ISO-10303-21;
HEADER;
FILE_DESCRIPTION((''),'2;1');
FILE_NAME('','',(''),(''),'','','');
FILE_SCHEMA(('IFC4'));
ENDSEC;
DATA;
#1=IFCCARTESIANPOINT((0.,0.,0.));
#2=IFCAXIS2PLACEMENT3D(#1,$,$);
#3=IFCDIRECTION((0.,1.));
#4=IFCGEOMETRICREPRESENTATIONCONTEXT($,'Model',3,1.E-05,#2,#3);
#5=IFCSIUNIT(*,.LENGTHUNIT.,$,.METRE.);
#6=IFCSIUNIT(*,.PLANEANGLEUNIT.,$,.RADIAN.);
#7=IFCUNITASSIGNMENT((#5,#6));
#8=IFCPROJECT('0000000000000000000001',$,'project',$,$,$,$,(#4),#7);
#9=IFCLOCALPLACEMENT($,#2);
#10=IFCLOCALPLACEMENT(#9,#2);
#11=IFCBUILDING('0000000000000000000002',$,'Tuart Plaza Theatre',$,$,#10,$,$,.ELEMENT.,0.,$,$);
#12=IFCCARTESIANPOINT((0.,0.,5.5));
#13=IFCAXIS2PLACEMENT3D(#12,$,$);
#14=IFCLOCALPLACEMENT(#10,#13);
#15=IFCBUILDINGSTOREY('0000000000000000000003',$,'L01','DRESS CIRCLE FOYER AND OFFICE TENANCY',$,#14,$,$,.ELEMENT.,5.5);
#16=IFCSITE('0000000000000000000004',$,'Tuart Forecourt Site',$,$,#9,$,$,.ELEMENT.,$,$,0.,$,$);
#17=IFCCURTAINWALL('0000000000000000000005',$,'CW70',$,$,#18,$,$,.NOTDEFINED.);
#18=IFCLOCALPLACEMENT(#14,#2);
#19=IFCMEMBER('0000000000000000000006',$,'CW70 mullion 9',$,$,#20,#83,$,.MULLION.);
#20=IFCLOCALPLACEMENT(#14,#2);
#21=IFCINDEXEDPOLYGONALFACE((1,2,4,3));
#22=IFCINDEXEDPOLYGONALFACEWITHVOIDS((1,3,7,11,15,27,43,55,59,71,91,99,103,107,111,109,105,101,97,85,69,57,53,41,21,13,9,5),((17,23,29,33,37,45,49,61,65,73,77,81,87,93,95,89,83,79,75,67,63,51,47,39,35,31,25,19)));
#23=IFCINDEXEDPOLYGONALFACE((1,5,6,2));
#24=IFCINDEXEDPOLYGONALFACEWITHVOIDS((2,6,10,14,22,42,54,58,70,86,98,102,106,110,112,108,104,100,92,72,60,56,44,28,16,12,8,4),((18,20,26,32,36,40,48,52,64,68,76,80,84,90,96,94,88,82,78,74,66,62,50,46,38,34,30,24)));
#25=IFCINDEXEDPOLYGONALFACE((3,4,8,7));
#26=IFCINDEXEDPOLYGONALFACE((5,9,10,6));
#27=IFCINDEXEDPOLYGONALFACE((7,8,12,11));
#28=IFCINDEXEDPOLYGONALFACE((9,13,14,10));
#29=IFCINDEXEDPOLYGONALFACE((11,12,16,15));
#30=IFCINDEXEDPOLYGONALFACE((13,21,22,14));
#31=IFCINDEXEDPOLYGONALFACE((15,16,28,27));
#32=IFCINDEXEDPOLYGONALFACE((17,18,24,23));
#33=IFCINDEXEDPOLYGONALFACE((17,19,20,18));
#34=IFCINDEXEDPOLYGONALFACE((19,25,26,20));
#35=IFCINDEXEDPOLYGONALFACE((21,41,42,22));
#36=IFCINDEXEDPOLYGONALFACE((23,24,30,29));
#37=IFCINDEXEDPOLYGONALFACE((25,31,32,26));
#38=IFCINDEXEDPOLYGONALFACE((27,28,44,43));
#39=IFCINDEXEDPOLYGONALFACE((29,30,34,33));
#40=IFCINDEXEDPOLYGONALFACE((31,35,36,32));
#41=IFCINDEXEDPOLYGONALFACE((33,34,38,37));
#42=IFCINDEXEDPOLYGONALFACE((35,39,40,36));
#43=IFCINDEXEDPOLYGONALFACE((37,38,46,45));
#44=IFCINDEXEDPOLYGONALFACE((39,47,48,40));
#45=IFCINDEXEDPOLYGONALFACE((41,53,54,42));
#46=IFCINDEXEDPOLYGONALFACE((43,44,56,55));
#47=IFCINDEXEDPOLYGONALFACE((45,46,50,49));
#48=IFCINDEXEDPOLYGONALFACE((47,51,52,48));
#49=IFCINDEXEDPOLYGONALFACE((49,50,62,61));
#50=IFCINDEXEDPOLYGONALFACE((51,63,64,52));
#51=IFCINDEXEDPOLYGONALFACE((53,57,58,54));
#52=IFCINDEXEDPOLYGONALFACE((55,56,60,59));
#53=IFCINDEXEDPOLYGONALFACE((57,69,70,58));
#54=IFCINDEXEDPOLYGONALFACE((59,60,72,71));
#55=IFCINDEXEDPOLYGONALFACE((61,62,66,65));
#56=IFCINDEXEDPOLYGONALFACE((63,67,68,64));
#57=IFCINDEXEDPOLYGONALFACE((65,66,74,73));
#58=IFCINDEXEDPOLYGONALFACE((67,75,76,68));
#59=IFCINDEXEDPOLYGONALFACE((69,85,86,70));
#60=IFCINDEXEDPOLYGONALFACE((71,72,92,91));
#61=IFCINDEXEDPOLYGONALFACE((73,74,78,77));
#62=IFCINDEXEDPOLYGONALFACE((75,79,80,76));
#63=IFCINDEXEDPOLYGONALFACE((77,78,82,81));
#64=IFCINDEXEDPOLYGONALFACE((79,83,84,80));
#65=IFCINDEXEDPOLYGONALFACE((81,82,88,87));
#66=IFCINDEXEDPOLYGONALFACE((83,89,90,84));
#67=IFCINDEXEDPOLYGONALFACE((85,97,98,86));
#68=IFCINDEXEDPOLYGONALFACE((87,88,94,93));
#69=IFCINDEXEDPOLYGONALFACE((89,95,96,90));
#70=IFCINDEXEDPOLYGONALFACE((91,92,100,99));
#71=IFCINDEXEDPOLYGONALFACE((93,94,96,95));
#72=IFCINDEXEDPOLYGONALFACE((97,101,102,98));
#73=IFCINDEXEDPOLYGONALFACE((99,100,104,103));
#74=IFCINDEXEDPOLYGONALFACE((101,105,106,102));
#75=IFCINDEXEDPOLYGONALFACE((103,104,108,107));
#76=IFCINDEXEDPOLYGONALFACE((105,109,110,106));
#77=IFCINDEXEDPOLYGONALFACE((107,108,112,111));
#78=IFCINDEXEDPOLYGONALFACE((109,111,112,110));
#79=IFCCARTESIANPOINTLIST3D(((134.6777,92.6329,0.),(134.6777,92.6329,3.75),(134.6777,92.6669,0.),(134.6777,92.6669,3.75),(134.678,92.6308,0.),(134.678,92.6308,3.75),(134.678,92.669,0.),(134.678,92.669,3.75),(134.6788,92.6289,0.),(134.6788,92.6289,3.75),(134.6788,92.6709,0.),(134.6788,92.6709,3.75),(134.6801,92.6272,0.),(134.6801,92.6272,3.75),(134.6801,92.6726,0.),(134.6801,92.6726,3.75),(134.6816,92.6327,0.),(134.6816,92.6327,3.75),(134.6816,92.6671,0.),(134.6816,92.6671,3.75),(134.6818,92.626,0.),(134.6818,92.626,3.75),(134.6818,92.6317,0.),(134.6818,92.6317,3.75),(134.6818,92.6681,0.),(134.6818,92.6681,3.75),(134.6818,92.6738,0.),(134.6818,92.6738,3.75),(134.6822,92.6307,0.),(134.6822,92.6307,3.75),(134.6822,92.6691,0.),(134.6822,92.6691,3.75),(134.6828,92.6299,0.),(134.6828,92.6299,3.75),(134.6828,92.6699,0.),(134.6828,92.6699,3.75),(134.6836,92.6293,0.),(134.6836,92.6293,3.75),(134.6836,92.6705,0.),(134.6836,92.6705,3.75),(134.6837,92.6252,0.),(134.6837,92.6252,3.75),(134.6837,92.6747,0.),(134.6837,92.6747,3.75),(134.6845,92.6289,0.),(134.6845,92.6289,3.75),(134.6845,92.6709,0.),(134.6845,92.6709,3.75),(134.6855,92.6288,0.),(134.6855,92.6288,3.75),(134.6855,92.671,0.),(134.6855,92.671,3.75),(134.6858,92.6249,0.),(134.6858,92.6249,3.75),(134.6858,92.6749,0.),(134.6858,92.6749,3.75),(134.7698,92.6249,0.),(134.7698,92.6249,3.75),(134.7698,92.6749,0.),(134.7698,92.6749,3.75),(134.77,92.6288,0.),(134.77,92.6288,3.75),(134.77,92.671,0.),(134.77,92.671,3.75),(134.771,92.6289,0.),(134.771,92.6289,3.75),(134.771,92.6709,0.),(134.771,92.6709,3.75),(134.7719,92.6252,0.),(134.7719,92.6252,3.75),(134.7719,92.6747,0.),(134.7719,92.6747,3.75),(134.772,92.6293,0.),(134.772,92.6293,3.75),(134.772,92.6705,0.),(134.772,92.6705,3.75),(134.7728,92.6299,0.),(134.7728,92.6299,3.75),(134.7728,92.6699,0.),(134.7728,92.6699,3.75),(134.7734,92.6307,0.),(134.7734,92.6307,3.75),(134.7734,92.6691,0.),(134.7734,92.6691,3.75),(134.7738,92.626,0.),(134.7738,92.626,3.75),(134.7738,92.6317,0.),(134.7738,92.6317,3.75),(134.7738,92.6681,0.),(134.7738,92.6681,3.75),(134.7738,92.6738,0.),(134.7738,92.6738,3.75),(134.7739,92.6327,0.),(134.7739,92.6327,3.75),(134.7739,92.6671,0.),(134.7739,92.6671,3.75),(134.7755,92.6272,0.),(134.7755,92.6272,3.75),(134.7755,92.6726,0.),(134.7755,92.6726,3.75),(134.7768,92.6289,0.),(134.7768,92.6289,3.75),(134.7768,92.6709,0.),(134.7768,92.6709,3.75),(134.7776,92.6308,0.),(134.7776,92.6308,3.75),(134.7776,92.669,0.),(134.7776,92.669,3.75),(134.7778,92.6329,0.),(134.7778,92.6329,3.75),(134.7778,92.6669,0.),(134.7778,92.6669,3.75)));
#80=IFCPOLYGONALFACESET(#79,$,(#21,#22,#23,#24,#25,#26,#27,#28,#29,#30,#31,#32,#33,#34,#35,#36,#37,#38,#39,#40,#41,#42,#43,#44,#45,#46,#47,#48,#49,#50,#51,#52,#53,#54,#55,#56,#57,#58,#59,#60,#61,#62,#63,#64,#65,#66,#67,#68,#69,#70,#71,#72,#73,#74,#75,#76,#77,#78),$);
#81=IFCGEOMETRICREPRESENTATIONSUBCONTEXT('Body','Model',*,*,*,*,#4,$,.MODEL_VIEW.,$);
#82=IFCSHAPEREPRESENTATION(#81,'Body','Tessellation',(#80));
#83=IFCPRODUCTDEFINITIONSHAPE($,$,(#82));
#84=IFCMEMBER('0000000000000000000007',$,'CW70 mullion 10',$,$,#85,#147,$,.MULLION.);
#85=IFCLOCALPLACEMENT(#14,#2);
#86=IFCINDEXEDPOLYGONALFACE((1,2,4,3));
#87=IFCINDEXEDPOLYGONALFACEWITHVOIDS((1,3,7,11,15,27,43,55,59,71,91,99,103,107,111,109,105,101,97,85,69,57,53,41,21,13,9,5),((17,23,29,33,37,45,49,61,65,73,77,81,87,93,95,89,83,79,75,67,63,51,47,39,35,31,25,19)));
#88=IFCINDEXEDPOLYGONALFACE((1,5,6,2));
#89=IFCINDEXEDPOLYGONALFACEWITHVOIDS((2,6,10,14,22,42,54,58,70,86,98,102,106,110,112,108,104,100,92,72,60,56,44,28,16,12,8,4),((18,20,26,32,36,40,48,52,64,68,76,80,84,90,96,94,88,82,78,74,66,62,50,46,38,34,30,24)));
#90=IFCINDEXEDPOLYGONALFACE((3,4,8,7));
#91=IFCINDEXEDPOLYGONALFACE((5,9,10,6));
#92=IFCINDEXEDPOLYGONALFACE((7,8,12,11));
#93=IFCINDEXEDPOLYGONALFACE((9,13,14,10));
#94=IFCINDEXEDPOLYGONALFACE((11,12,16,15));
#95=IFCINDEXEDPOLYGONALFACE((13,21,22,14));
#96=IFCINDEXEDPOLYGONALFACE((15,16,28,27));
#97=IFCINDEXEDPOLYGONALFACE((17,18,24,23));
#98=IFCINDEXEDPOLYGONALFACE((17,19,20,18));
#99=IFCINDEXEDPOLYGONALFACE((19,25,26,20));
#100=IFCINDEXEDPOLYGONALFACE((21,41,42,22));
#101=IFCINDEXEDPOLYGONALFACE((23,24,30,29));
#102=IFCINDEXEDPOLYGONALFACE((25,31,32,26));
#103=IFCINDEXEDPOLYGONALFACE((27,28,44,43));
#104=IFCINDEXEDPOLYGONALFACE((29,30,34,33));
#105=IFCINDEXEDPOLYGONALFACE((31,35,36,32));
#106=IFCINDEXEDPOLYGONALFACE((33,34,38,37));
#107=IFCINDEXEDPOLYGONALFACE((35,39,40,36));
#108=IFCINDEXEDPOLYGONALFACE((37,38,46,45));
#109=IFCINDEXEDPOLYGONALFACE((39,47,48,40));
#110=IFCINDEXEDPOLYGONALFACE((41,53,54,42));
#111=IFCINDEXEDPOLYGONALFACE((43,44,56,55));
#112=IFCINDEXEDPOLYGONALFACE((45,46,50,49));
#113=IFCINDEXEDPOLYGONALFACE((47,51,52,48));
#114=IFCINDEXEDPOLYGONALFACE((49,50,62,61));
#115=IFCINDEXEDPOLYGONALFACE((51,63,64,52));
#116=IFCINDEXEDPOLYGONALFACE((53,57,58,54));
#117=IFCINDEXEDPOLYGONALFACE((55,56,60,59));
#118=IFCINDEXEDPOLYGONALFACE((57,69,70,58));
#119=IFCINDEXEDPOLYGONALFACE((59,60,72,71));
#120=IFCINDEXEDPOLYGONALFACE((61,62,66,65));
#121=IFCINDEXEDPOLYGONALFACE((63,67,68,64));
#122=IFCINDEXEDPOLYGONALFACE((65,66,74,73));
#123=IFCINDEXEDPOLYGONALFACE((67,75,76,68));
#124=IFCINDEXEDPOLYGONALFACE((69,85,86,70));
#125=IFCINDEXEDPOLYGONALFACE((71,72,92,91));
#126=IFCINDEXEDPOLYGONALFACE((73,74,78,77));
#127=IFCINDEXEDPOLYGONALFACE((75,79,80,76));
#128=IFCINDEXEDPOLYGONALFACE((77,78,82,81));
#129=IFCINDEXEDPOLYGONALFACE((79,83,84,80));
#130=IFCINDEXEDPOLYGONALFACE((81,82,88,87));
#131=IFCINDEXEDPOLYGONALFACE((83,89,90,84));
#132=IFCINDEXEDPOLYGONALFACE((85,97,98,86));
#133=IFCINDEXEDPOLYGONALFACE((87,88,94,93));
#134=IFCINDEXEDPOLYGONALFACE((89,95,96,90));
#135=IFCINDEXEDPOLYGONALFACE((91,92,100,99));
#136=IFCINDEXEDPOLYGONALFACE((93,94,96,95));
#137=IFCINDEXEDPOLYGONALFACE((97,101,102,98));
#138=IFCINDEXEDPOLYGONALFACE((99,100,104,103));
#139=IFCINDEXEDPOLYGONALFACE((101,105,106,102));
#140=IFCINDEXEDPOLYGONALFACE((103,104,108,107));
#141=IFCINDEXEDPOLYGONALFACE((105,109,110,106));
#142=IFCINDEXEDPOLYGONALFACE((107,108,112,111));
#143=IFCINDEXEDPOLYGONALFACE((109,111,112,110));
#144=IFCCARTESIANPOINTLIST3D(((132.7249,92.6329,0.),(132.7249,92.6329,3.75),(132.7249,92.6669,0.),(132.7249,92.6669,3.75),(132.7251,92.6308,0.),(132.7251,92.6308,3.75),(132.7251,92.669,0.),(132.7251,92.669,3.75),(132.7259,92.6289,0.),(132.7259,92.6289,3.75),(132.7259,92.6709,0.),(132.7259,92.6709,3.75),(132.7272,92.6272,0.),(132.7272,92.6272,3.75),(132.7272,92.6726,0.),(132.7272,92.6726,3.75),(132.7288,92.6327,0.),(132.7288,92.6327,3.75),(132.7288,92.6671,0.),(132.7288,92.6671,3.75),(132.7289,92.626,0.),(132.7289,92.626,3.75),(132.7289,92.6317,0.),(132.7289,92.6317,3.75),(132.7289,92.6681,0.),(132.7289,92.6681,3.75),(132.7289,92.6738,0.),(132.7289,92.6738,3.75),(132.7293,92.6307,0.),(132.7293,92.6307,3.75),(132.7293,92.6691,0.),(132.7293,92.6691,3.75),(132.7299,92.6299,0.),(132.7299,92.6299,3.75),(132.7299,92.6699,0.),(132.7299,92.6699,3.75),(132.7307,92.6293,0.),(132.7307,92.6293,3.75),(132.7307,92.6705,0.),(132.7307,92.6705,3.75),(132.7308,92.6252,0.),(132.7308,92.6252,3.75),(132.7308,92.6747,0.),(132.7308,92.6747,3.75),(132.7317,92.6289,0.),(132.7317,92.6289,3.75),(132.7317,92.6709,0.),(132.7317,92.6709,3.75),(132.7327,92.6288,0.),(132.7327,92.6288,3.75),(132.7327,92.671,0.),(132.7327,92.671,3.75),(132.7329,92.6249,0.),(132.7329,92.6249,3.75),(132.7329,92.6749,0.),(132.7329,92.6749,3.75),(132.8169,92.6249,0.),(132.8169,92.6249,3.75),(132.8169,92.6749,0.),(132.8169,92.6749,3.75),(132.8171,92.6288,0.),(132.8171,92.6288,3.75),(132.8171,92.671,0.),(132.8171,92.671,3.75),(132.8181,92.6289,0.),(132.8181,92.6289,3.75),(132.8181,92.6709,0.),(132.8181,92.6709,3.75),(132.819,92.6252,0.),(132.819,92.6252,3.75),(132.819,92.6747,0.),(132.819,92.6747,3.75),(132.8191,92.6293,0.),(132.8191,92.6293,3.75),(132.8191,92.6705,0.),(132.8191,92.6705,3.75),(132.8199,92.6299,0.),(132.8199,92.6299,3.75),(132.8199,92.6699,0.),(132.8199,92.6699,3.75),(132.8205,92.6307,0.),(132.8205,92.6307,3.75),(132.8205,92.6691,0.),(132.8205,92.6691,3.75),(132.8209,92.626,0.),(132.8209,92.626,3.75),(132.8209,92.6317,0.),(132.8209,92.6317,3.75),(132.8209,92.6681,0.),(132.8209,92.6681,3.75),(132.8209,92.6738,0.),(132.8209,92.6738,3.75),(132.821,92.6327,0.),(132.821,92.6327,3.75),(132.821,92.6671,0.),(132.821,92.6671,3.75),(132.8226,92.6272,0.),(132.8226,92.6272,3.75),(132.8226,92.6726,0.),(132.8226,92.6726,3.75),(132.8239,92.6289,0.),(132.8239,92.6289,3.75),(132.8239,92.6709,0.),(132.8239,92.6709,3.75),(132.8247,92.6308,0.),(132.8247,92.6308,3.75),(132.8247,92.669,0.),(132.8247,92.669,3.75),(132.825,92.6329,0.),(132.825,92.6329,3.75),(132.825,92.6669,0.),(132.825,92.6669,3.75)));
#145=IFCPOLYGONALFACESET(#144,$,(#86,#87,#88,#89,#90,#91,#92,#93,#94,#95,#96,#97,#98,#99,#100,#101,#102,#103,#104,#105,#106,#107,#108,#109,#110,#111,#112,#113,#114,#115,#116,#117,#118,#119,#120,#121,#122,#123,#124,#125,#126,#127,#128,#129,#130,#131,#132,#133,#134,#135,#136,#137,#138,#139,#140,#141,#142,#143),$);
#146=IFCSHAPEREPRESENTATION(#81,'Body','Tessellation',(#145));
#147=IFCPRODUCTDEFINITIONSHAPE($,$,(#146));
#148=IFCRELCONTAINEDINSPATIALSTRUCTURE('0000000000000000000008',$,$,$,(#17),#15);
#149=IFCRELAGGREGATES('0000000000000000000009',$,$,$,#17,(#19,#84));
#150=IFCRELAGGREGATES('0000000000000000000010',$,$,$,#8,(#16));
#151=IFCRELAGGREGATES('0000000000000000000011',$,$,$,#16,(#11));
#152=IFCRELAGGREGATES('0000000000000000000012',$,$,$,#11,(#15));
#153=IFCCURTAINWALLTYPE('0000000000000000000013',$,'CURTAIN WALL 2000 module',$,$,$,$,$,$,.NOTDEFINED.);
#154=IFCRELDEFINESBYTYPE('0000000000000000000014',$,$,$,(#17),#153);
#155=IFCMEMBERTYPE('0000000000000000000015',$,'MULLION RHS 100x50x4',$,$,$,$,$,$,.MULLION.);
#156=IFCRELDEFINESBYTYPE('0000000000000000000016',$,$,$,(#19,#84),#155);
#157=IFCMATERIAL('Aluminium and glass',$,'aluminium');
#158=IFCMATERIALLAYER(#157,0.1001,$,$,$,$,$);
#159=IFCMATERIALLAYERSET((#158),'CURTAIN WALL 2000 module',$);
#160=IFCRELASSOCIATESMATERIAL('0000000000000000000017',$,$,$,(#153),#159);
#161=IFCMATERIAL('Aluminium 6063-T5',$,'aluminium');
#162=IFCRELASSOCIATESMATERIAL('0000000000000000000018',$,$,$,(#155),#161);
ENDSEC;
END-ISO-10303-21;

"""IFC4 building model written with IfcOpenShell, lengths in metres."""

from ifc_helpers import new_model, si_unit, direction, frame, origin, origin_2d, place, context, subcontext, project, spatial, hollow_rectangle, extrude, material, layer, layer_set, material_profile, profile_set, type_object, element, aggregate, save


model = new_model("IFC4")

# Units and contexts
model_context = context("Model", 3, precision=1e-05, world=origin(), true_north=direction((0.0, 1.0)))
body_context = subcontext(model_context, "Body", "Model", "MODEL_VIEW")
ifc_project = project(units=[si_unit("LENGTHUNIT", "METRE"), si_unit("PLANEANGLEUNIT", "RADIAN")], contexts=[model_context])

# Site, building, storey
site_placement = place(None, origin())
site = spatial("IfcSite", under=ifc_project, at=site_placement, Name="Tuart Forecourt Site", CompositionType="ELEMENT", RefElevation=0.0)
building_placement = place(site_placement, origin())
building = spatial("IfcBuilding", under=site, at=building_placement, Name="Tuart Plaza Theatre", CompositionType="ELEMENT", ElevationOfRefHeight=0.0)
storey_placement = place(building_placement, frame((0.0, 0.0, 5.5)))
storey = spatial("IfcBuildingStorey", under=building, at=storey_placement, Name="L01", Description="DRESS CIRCLE FOYER AND OFFICE TENANCY", CompositionType="ELEMENT", Elevation=5.5)

# Curtain wall, members
ifc_material_1 = material(Name="Aluminium and glass", Category="aluminium")
ifc_layer_1 = layer(ifc_material_1, 0.1001)
ifc_layer_set_1 = layer_set([ifc_layer_1], Name="CURTAIN WALL 2000 module")
curtain_wall_type = type_object("IfcCurtainWallType", Name="CURTAIN WALL 2000 module", PredefinedType="NOTDEFINED", material=ifc_layer_set_1)
curtain_wall_placement = place(storey_placement, origin())
curtain_wall = element("IfcCurtainWall", 1, at=curtain_wall_placement, inside=storey, type_object=curtain_wall_type, Name="CW70", PredefinedType="NOTDEFINED")
ifc_material_2 = material(Name="Aluminium 6063-T5", Category="aluminium")
ifc_material_profile_1 = material_profile(ifc_material_2, hollow_rectangle(XDim=0.05, YDim=0.1001, WallThickness=0.0039, InnerFilletRadius=0.0039, OuterFilletRadius=0.0081, at=origin_2d()), Name="RHS 100x50x4")
ifc_profile_set_1 = profile_set([ifc_material_profile_1], Name="Aluminium 6063-T5")
member_type_1 = type_object("IfcMemberType", Name="MULLION RHS 100x50x4", PredefinedType="MULLION", material=ifc_profile_set_1)
member_1_placement = place(storey_placement, frame((134.7278, 92.6499, 0.0), z_axis=(0.0, 0.0, 1.0), x_axis=(0.0, -1.0, 0.0)))
member_1 = element("IfcMember", 2, at=member_1_placement, type_object=member_type_1, Name="CW70 mullion 9", PredefinedType="MULLION", context=body_context, shape_type="SweptSolid", body=[
    extrude(hollow_rectangle(XDim=0.05, YDim=0.1001, WallThickness=0.0039, InnerFilletRadius=0.0039, OuterFilletRadius=0.0081, at=origin_2d()), origin(), (0.0, 0.0, 1.0), 3.75),
])
member_2_placement = place(storey_placement, frame((132.7749, 92.6499, 0.0), z_axis=(0.0, 0.0, 1.0), x_axis=(0.0, -1.0, 0.0)))
member_2 = element("IfcMember", 3, at=member_2_placement, type_object=member_type_1, Name="CW70 mullion 10", PredefinedType="MULLION", context=body_context, shape_type="SweptSolid", body=[
    extrude(hollow_rectangle(XDim=0.05, YDim=0.1001, WallThickness=0.0039, InnerFilletRadius=0.0039, OuterFilletRadius=0.0081, at=origin_2d()), origin(), (0.0, 0.0, 1.0), 3.75),
])
aggregate(curtain_wall, [member_1, member_2])

save(model, "model.ifc")
